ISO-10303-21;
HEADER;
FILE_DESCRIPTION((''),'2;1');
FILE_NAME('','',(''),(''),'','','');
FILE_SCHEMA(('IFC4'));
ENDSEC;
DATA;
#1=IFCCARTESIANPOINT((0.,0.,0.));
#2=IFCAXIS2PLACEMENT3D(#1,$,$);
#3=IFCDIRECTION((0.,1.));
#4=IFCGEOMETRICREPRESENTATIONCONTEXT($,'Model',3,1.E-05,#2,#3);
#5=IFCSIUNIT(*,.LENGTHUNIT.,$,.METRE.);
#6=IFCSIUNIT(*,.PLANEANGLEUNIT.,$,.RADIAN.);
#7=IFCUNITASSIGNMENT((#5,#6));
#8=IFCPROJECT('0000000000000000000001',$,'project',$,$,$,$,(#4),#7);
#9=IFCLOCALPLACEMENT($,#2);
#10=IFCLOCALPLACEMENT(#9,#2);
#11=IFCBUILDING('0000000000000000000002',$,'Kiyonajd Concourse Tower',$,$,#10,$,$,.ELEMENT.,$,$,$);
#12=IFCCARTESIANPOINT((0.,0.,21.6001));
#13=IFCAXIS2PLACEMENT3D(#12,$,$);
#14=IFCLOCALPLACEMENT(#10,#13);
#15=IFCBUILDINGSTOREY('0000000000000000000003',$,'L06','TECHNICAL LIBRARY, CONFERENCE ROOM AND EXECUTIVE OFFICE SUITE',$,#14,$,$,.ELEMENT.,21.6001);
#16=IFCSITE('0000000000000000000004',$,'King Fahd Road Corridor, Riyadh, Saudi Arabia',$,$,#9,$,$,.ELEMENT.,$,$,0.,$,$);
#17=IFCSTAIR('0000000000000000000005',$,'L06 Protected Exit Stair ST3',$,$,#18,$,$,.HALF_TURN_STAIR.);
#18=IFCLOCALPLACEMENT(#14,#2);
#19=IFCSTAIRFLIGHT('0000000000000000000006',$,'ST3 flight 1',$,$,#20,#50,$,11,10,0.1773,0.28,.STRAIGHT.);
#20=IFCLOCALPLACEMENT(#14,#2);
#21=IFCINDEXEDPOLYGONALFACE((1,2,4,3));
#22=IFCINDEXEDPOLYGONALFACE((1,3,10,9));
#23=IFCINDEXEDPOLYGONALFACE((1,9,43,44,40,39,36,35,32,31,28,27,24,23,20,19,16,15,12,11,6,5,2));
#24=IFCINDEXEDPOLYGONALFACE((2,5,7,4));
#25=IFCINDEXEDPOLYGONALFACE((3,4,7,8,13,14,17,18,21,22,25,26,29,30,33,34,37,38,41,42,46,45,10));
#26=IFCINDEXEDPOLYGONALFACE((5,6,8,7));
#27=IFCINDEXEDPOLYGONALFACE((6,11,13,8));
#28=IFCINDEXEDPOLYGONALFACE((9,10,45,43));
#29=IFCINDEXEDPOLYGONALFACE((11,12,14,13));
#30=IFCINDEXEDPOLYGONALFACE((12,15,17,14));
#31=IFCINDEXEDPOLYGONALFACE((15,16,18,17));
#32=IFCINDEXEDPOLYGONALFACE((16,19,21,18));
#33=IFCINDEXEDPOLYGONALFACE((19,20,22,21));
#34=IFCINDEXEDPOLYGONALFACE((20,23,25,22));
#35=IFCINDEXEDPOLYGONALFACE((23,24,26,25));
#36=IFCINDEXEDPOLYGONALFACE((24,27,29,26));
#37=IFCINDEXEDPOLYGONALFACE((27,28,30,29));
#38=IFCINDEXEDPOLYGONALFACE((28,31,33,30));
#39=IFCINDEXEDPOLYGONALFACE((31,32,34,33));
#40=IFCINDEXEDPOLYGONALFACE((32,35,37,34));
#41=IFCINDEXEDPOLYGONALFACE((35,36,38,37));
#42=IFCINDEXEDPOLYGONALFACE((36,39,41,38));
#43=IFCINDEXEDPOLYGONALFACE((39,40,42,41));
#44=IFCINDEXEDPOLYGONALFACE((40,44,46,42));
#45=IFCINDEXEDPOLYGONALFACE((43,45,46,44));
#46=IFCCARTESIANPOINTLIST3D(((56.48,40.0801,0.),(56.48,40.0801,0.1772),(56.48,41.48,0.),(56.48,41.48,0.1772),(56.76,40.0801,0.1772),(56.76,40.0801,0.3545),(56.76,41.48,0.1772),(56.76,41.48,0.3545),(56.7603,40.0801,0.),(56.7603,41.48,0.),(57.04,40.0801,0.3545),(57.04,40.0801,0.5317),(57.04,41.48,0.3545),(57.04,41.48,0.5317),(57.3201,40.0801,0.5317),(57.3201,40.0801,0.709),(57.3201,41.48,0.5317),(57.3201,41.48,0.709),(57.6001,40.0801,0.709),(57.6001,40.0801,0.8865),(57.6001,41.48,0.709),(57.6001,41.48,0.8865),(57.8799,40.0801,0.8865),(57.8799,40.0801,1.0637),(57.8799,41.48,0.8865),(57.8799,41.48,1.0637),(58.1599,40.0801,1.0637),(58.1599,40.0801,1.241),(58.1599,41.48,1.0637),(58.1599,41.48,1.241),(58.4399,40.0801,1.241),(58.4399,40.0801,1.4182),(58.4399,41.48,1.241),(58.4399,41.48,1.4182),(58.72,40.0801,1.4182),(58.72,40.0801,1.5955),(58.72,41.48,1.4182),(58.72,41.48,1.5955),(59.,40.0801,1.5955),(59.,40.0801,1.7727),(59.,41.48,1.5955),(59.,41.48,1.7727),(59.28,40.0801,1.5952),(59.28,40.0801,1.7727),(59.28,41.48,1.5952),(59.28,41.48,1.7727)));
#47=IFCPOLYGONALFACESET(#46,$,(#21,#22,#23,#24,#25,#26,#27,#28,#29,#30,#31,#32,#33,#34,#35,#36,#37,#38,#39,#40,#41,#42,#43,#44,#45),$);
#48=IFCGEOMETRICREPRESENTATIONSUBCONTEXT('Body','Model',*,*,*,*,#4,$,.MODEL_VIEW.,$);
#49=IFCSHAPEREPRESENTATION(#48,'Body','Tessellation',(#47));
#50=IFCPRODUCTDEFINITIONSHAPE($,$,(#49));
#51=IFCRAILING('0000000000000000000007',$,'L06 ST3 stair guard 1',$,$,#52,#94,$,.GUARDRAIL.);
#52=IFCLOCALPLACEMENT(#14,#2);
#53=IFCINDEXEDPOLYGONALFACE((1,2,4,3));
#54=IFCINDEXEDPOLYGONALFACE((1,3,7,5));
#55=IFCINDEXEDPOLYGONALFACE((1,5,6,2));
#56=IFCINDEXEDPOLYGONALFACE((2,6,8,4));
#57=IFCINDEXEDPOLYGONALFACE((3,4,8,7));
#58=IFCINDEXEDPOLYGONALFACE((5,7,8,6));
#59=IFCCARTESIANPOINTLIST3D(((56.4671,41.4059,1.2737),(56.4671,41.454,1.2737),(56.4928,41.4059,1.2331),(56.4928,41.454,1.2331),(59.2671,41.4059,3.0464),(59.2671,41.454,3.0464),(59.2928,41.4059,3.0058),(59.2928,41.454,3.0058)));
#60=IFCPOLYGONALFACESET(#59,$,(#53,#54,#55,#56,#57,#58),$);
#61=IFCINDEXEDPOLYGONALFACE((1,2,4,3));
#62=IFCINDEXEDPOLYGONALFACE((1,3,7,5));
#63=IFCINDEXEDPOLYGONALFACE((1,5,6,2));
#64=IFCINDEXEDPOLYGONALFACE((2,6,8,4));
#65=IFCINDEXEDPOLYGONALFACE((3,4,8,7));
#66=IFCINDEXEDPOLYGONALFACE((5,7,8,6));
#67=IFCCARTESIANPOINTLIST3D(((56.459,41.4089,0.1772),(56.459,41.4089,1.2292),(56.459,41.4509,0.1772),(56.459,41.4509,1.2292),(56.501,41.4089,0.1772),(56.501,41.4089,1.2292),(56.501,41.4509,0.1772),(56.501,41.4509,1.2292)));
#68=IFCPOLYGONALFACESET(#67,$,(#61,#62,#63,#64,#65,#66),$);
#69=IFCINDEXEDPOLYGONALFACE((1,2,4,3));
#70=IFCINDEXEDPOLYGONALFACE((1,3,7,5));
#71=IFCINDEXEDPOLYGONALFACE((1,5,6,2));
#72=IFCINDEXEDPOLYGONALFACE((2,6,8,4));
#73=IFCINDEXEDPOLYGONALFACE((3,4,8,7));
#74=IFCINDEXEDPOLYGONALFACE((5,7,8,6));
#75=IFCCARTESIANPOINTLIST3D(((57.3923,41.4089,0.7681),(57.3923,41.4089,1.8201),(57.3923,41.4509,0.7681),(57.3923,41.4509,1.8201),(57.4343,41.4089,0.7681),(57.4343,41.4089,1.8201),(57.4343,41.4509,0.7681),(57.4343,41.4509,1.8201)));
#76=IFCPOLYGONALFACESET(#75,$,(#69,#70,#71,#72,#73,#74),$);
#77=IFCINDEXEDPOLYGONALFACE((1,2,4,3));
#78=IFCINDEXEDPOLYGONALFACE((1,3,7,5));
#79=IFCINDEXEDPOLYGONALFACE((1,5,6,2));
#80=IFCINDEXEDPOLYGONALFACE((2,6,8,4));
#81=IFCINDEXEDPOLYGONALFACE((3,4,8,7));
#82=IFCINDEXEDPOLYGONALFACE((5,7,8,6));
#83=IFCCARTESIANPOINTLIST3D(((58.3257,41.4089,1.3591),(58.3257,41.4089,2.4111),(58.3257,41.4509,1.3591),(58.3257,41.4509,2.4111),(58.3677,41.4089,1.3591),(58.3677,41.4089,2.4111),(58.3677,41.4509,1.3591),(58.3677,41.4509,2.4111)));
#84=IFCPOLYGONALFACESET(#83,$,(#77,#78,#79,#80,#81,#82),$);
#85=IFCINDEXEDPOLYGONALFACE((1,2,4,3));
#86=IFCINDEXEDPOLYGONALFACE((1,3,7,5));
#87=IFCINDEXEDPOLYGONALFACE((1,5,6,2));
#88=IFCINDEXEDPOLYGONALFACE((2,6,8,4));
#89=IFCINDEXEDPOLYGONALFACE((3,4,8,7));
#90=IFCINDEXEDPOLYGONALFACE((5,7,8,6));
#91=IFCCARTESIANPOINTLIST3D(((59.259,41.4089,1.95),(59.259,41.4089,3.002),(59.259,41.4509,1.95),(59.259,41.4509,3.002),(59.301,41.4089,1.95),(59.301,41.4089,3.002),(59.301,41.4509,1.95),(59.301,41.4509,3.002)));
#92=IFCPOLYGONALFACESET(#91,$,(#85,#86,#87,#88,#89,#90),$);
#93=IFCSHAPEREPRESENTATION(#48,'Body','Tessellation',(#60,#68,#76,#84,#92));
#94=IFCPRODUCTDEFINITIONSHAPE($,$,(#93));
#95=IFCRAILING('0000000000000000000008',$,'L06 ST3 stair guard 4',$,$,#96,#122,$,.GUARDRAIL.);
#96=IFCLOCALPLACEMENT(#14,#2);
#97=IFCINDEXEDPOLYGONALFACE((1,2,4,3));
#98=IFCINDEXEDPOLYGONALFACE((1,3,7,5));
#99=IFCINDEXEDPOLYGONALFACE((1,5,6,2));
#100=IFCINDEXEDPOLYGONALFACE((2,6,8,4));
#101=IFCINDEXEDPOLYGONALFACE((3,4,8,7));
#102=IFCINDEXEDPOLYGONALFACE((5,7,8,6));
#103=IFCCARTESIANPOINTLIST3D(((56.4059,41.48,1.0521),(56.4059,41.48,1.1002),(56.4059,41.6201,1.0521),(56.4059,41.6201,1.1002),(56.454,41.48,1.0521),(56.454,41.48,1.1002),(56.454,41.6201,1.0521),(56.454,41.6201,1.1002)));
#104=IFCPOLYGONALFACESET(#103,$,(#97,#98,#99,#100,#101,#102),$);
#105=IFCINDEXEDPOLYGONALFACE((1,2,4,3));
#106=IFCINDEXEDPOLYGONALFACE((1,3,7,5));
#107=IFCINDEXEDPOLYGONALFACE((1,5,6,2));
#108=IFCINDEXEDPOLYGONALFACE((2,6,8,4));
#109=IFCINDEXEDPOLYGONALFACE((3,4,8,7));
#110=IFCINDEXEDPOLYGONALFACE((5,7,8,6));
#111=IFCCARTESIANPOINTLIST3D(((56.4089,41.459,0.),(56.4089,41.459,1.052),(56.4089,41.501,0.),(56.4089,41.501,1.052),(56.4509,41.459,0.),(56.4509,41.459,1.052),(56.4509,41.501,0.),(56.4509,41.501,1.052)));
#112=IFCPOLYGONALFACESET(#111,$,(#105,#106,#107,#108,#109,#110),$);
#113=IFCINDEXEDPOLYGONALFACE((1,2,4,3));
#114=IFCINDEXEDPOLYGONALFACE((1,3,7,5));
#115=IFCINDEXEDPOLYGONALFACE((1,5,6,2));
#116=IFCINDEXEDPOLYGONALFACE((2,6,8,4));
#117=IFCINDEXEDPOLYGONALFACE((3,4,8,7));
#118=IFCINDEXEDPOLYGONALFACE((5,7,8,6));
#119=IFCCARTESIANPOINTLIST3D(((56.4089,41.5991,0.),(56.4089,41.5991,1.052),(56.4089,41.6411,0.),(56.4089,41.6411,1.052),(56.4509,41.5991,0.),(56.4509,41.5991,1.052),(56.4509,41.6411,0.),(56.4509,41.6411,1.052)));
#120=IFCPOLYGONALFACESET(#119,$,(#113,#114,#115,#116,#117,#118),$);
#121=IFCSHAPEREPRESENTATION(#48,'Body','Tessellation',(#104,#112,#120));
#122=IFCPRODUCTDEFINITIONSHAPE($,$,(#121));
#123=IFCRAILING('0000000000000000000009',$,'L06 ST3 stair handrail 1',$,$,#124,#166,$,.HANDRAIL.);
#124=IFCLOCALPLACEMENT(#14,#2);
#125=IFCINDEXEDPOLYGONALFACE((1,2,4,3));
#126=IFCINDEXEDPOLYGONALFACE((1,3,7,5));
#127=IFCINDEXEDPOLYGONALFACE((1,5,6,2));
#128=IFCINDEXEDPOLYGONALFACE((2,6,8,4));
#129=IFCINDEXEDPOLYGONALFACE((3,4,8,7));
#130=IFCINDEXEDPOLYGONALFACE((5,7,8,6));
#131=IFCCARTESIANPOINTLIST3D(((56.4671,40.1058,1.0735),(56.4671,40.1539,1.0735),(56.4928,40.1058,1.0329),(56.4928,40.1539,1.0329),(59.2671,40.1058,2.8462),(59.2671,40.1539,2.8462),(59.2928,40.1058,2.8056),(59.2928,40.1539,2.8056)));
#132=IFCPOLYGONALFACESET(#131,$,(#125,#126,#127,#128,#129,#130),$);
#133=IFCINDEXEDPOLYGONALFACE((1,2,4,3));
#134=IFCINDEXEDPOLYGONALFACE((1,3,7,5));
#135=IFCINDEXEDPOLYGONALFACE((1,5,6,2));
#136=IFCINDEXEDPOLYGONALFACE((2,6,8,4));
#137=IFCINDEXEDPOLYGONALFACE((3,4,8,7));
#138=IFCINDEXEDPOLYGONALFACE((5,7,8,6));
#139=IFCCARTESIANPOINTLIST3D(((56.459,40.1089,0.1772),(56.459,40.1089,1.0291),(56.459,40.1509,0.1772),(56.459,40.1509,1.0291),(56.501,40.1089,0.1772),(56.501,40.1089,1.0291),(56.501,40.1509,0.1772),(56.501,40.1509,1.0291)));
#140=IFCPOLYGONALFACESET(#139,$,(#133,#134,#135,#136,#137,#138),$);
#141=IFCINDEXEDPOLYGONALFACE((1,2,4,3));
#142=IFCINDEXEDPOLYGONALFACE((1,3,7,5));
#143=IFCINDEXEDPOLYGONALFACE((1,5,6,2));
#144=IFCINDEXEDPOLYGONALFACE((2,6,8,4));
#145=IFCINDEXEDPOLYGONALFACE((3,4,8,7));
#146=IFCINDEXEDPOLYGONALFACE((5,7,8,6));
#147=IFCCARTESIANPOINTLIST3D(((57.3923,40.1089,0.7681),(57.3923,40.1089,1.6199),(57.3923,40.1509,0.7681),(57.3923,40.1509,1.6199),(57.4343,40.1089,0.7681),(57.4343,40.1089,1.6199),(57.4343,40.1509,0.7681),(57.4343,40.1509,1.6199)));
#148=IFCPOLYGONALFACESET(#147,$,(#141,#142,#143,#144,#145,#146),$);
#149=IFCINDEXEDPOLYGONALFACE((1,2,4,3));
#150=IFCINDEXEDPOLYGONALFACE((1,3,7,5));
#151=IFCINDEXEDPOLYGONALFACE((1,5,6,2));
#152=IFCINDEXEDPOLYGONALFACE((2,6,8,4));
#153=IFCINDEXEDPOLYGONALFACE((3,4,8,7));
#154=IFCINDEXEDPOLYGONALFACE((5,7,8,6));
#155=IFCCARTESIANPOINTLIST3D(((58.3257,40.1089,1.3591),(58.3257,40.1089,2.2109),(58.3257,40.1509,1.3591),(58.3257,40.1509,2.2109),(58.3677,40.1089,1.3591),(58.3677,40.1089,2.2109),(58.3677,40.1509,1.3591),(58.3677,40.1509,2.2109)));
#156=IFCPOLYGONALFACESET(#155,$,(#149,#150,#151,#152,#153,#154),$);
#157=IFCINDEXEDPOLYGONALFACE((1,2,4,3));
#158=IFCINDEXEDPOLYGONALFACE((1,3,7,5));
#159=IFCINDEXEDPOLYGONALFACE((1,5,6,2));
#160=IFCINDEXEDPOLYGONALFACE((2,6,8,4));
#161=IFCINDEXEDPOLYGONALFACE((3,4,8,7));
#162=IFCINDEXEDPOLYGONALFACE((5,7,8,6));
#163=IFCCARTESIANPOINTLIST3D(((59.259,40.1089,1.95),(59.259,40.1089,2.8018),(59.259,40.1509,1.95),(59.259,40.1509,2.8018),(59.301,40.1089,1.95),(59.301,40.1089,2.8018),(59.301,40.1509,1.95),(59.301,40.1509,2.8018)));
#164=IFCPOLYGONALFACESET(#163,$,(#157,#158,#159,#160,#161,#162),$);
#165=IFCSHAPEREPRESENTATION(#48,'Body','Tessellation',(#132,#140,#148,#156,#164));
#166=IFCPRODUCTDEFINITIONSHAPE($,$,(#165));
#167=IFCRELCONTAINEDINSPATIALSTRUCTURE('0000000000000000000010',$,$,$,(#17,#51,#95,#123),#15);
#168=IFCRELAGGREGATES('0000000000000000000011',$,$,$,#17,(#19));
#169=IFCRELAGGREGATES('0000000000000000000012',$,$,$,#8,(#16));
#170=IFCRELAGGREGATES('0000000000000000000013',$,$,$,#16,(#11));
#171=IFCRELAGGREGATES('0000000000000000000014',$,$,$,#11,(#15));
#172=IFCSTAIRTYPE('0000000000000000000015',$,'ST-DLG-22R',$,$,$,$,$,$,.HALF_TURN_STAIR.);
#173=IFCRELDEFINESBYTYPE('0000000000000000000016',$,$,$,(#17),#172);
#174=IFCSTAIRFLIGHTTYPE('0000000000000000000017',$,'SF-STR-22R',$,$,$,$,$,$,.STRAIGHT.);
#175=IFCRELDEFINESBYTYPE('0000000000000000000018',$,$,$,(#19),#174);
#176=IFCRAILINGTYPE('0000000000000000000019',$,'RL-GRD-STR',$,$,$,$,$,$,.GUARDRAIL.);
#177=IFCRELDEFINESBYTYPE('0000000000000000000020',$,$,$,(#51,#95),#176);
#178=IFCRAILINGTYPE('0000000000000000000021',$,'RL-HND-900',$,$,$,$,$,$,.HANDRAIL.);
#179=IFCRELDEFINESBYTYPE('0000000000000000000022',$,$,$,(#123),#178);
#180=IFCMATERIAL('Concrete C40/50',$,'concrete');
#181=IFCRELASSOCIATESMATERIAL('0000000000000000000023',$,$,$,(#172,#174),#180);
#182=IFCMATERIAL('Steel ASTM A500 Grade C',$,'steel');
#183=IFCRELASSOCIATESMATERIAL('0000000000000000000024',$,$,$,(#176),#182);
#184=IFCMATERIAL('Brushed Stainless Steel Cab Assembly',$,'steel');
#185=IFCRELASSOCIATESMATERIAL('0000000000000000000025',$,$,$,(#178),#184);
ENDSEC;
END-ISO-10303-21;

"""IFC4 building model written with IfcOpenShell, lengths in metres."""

from ifc_helpers import new_model, si_unit, direction, frame, origin, origin_2d, place, context, subcontext, project, spatial, polyline, rectangle, outline, extrude, material, type_object, element, aggregate, save


model = new_model("IFC4")

# Units and contexts
model_context = context("Model", 3, precision=1e-05, world=origin(), true_north=direction((0.0, 1.0)))
body_context = subcontext(model_context, "Body", "Model", "MODEL_VIEW")
ifc_project = project(units=[si_unit("LENGTHUNIT", "METRE"), si_unit("PLANEANGLEUNIT", "RADIAN")], contexts=[model_context])

# Site, building, storey
site_placement = place(None, origin())
site = spatial("IfcSite", under=ifc_project, at=site_placement, Name="King Fahd Road Corridor, Riyadh, Saudi Arabia", CompositionType="ELEMENT", RefElevation=0.0)
building_placement = place(site_placement, origin())
building = spatial("IfcBuilding", under=site, at=building_placement, Name="Kiyonajd Concourse Tower", CompositionType="ELEMENT")
storey_placement = place(building_placement, frame((0.0, 0.0, 21.6001)))
storey = spatial("IfcBuildingStorey", under=building, at=storey_placement, Name="L06", Description="TECHNICAL LIBRARY, CONFERENCE ROOM AND EXECUTIVE OFFICE SUITE", CompositionType="ELEMENT", Elevation=21.6001)

# Shared definitions
ifc_material_1 = material(Name="Brushed Stainless Steel Cab Assembly", Category="steel")

# Stair, stair flight
ifc_material_2 = material(Name="Concrete C40/50", Category="concrete")
stair_type = type_object("IfcStairType", Name="ST-DLG-22R", PredefinedType="HALF_TURN_STAIR", material=ifc_material_2)
stair_placement = place(storey_placement, origin())
stair = element("IfcStair", 1, at=stair_placement, inside=storey, type_object=stair_type, Name="L06 Protected Exit Stair ST3", PredefinedType="HALF_TURN_STAIR")
stair_flight_type = type_object("IfcStairFlightType", Name="SF-STR-22R", PredefinedType="STRAIGHT", material=ifc_material_2)
stair_flight_placement = place(storey_placement, frame((56.48, 40.78, 0.0), z_axis=(0.0, 0.0, 1.0), x_axis=(1.0, 0.0, 0.0)))
stair_flight = element("IfcStairFlight", 2, at=stair_flight_placement, type_object=stair_flight_type, Name="ST3 flight 1", NumberOfRisers=11, NumberOfTreads=10, PredefinedType="STRAIGHT", RiserHeight=0.1773, TreadLength=0.28, context=body_context, shape_type="SweptSolid", body=[
    extrude(outline(polyline([(0.0, 0.0), (0.0, 0.1772), (0.28, 0.1772), (0.28, 0.3545), (0.5601, 0.3545), (0.5601, 0.5317), (0.8401, 0.5317), (0.8401, 0.709), (1.1201, 0.709), (1.1201, 0.8865), (1.3999, 0.8865), (1.3999, 1.0637), (1.6799, 1.0637), (1.6799, 1.241), (1.96, 1.241), (1.96, 1.4182), (2.24, 1.4182), (2.24, 1.5955), (2.52, 1.5955), (2.52, 1.7727), (2.8, 1.7727), (2.8, 1.95), (2.8, 1.5952), (0.2803, 0.0), (0.0, 0.0)])), frame((0.0, 0.7, 0.0), z_axis=(0.0, -1.0, 0.0), x_axis=(1.0, 0.0, 0.0)), (0.0, 0.0, 1.0), 1.3999),
])
aggregate(stair, [stair_flight])

# Railings
ifc_material_3 = material(Name="Steel ASTM A500 Grade C", Category="steel")
railing_type_1 = type_object("IfcRailingType", Name="RL-GRD-STR", PredefinedType="GUARDRAIL", material=ifc_material_3)
railing_1_placement = place(storey_placement, frame((56.48, 41.4299, 0.1772)))
element("IfcRailing", 3, at=railing_1_placement, inside=storey, type_object=railing_type_1, Name="L06 ST3 stair guard 1", PredefinedType="GUARDRAIL", context=body_context, shape_type="SweptSolid", body=[
    extrude(rectangle(XDim=0.0481, YDim=0.0481, at=origin_2d()), frame((0.0, 0.0, 1.0762), z_axis=(0.844909, 0.0, 0.53491), x_axis=(0.0, 1.0, 0.0)), (0.0, 0.0, 1.0), 3.314),
    extrude(rectangle(XDim=0.042, YDim=0.042, at=origin_2d()), origin(), (0.0, 0.0, 1.0), 1.052),
    extrude(rectangle(XDim=0.042, YDim=0.042, at=origin_2d()), frame((0.9333, 0.0, 0.5908)), (0.0, 0.0, 1.0), 1.052),
    extrude(rectangle(XDim=0.042, YDim=0.042, at=origin_2d()), frame((1.8667, 0.0, 1.1819)), (0.0, 0.0, 1.0), 1.052),
    extrude(rectangle(XDim=0.042, YDim=0.042, at=origin_2d()), frame((2.8, 0.0, 1.7727)), (0.0, 0.0, 1.0), 1.052),
])
railing_2_placement = place(storey_placement, frame((56.4299, 41.48, 0.0)))
element("IfcRailing", 4, at=railing_2_placement, inside=storey, type_object=railing_type_1, Name="L06 ST3 stair guard 4", PredefinedType="GUARDRAIL", context=body_context, shape_type="SweptSolid", body=[
    extrude(rectangle(XDim=0.0481, YDim=0.0481, at=origin_2d()), frame((0.0, 0.0, 1.0762), z_axis=(0.0, 1.0, 0.0), x_axis=(-1.0, 0.0, 0.0)), (0.0, 0.0, 1.0), 0.1401),
    extrude(rectangle(XDim=0.042, YDim=0.042, at=origin_2d()), origin(), (0.0, 0.0, 1.0), 1.052),
    extrude(rectangle(XDim=0.042, YDim=0.042, at=origin_2d()), frame((0.0, 0.1401, 0.0)), (0.0, 0.0, 1.0), 1.052),
])
railing_type_2 = type_object("IfcRailingType", Name="RL-HND-900", PredefinedType="HANDRAIL", material=ifc_material_1)
railing_3_placement = place(storey_placement, frame((56.48, 40.1299, 0.1772)))
element("IfcRailing", 5, at=railing_3_placement, inside=storey, type_object=railing_type_2, Name="L06 ST3 stair handrail 1", PredefinedType="HANDRAIL", context=body_context, shape_type="SweptSolid", body=[
    extrude(rectangle(XDim=0.0481, YDim=0.0481, at=origin_2d()), frame((0.0, 0.0, 0.876), z_axis=(0.844909, 0.0, 0.53491), x_axis=(0.0, 1.0, 0.0)), (0.0, 0.0, 1.0), 3.314),
    extrude(rectangle(XDim=0.042, YDim=0.042, at=origin_2d()), origin(), (0.0, 0.0, 1.0), 0.8518),
    extrude(rectangle(XDim=0.042, YDim=0.042, at=origin_2d()), frame((0.9333, 0.0, 0.5908)), (0.0, 0.0, 1.0), 0.8518),
    extrude(rectangle(XDim=0.042, YDim=0.042, at=origin_2d()), frame((1.8667, 0.0, 1.1819)), (0.0, 0.0, 1.0), 0.8518),
    extrude(rectangle(XDim=0.042, YDim=0.042, at=origin_2d()), frame((2.8, 0.0, 1.7727)), (0.0, 0.0, 1.0), 0.8518),
])

save(model, "model.ifc")
